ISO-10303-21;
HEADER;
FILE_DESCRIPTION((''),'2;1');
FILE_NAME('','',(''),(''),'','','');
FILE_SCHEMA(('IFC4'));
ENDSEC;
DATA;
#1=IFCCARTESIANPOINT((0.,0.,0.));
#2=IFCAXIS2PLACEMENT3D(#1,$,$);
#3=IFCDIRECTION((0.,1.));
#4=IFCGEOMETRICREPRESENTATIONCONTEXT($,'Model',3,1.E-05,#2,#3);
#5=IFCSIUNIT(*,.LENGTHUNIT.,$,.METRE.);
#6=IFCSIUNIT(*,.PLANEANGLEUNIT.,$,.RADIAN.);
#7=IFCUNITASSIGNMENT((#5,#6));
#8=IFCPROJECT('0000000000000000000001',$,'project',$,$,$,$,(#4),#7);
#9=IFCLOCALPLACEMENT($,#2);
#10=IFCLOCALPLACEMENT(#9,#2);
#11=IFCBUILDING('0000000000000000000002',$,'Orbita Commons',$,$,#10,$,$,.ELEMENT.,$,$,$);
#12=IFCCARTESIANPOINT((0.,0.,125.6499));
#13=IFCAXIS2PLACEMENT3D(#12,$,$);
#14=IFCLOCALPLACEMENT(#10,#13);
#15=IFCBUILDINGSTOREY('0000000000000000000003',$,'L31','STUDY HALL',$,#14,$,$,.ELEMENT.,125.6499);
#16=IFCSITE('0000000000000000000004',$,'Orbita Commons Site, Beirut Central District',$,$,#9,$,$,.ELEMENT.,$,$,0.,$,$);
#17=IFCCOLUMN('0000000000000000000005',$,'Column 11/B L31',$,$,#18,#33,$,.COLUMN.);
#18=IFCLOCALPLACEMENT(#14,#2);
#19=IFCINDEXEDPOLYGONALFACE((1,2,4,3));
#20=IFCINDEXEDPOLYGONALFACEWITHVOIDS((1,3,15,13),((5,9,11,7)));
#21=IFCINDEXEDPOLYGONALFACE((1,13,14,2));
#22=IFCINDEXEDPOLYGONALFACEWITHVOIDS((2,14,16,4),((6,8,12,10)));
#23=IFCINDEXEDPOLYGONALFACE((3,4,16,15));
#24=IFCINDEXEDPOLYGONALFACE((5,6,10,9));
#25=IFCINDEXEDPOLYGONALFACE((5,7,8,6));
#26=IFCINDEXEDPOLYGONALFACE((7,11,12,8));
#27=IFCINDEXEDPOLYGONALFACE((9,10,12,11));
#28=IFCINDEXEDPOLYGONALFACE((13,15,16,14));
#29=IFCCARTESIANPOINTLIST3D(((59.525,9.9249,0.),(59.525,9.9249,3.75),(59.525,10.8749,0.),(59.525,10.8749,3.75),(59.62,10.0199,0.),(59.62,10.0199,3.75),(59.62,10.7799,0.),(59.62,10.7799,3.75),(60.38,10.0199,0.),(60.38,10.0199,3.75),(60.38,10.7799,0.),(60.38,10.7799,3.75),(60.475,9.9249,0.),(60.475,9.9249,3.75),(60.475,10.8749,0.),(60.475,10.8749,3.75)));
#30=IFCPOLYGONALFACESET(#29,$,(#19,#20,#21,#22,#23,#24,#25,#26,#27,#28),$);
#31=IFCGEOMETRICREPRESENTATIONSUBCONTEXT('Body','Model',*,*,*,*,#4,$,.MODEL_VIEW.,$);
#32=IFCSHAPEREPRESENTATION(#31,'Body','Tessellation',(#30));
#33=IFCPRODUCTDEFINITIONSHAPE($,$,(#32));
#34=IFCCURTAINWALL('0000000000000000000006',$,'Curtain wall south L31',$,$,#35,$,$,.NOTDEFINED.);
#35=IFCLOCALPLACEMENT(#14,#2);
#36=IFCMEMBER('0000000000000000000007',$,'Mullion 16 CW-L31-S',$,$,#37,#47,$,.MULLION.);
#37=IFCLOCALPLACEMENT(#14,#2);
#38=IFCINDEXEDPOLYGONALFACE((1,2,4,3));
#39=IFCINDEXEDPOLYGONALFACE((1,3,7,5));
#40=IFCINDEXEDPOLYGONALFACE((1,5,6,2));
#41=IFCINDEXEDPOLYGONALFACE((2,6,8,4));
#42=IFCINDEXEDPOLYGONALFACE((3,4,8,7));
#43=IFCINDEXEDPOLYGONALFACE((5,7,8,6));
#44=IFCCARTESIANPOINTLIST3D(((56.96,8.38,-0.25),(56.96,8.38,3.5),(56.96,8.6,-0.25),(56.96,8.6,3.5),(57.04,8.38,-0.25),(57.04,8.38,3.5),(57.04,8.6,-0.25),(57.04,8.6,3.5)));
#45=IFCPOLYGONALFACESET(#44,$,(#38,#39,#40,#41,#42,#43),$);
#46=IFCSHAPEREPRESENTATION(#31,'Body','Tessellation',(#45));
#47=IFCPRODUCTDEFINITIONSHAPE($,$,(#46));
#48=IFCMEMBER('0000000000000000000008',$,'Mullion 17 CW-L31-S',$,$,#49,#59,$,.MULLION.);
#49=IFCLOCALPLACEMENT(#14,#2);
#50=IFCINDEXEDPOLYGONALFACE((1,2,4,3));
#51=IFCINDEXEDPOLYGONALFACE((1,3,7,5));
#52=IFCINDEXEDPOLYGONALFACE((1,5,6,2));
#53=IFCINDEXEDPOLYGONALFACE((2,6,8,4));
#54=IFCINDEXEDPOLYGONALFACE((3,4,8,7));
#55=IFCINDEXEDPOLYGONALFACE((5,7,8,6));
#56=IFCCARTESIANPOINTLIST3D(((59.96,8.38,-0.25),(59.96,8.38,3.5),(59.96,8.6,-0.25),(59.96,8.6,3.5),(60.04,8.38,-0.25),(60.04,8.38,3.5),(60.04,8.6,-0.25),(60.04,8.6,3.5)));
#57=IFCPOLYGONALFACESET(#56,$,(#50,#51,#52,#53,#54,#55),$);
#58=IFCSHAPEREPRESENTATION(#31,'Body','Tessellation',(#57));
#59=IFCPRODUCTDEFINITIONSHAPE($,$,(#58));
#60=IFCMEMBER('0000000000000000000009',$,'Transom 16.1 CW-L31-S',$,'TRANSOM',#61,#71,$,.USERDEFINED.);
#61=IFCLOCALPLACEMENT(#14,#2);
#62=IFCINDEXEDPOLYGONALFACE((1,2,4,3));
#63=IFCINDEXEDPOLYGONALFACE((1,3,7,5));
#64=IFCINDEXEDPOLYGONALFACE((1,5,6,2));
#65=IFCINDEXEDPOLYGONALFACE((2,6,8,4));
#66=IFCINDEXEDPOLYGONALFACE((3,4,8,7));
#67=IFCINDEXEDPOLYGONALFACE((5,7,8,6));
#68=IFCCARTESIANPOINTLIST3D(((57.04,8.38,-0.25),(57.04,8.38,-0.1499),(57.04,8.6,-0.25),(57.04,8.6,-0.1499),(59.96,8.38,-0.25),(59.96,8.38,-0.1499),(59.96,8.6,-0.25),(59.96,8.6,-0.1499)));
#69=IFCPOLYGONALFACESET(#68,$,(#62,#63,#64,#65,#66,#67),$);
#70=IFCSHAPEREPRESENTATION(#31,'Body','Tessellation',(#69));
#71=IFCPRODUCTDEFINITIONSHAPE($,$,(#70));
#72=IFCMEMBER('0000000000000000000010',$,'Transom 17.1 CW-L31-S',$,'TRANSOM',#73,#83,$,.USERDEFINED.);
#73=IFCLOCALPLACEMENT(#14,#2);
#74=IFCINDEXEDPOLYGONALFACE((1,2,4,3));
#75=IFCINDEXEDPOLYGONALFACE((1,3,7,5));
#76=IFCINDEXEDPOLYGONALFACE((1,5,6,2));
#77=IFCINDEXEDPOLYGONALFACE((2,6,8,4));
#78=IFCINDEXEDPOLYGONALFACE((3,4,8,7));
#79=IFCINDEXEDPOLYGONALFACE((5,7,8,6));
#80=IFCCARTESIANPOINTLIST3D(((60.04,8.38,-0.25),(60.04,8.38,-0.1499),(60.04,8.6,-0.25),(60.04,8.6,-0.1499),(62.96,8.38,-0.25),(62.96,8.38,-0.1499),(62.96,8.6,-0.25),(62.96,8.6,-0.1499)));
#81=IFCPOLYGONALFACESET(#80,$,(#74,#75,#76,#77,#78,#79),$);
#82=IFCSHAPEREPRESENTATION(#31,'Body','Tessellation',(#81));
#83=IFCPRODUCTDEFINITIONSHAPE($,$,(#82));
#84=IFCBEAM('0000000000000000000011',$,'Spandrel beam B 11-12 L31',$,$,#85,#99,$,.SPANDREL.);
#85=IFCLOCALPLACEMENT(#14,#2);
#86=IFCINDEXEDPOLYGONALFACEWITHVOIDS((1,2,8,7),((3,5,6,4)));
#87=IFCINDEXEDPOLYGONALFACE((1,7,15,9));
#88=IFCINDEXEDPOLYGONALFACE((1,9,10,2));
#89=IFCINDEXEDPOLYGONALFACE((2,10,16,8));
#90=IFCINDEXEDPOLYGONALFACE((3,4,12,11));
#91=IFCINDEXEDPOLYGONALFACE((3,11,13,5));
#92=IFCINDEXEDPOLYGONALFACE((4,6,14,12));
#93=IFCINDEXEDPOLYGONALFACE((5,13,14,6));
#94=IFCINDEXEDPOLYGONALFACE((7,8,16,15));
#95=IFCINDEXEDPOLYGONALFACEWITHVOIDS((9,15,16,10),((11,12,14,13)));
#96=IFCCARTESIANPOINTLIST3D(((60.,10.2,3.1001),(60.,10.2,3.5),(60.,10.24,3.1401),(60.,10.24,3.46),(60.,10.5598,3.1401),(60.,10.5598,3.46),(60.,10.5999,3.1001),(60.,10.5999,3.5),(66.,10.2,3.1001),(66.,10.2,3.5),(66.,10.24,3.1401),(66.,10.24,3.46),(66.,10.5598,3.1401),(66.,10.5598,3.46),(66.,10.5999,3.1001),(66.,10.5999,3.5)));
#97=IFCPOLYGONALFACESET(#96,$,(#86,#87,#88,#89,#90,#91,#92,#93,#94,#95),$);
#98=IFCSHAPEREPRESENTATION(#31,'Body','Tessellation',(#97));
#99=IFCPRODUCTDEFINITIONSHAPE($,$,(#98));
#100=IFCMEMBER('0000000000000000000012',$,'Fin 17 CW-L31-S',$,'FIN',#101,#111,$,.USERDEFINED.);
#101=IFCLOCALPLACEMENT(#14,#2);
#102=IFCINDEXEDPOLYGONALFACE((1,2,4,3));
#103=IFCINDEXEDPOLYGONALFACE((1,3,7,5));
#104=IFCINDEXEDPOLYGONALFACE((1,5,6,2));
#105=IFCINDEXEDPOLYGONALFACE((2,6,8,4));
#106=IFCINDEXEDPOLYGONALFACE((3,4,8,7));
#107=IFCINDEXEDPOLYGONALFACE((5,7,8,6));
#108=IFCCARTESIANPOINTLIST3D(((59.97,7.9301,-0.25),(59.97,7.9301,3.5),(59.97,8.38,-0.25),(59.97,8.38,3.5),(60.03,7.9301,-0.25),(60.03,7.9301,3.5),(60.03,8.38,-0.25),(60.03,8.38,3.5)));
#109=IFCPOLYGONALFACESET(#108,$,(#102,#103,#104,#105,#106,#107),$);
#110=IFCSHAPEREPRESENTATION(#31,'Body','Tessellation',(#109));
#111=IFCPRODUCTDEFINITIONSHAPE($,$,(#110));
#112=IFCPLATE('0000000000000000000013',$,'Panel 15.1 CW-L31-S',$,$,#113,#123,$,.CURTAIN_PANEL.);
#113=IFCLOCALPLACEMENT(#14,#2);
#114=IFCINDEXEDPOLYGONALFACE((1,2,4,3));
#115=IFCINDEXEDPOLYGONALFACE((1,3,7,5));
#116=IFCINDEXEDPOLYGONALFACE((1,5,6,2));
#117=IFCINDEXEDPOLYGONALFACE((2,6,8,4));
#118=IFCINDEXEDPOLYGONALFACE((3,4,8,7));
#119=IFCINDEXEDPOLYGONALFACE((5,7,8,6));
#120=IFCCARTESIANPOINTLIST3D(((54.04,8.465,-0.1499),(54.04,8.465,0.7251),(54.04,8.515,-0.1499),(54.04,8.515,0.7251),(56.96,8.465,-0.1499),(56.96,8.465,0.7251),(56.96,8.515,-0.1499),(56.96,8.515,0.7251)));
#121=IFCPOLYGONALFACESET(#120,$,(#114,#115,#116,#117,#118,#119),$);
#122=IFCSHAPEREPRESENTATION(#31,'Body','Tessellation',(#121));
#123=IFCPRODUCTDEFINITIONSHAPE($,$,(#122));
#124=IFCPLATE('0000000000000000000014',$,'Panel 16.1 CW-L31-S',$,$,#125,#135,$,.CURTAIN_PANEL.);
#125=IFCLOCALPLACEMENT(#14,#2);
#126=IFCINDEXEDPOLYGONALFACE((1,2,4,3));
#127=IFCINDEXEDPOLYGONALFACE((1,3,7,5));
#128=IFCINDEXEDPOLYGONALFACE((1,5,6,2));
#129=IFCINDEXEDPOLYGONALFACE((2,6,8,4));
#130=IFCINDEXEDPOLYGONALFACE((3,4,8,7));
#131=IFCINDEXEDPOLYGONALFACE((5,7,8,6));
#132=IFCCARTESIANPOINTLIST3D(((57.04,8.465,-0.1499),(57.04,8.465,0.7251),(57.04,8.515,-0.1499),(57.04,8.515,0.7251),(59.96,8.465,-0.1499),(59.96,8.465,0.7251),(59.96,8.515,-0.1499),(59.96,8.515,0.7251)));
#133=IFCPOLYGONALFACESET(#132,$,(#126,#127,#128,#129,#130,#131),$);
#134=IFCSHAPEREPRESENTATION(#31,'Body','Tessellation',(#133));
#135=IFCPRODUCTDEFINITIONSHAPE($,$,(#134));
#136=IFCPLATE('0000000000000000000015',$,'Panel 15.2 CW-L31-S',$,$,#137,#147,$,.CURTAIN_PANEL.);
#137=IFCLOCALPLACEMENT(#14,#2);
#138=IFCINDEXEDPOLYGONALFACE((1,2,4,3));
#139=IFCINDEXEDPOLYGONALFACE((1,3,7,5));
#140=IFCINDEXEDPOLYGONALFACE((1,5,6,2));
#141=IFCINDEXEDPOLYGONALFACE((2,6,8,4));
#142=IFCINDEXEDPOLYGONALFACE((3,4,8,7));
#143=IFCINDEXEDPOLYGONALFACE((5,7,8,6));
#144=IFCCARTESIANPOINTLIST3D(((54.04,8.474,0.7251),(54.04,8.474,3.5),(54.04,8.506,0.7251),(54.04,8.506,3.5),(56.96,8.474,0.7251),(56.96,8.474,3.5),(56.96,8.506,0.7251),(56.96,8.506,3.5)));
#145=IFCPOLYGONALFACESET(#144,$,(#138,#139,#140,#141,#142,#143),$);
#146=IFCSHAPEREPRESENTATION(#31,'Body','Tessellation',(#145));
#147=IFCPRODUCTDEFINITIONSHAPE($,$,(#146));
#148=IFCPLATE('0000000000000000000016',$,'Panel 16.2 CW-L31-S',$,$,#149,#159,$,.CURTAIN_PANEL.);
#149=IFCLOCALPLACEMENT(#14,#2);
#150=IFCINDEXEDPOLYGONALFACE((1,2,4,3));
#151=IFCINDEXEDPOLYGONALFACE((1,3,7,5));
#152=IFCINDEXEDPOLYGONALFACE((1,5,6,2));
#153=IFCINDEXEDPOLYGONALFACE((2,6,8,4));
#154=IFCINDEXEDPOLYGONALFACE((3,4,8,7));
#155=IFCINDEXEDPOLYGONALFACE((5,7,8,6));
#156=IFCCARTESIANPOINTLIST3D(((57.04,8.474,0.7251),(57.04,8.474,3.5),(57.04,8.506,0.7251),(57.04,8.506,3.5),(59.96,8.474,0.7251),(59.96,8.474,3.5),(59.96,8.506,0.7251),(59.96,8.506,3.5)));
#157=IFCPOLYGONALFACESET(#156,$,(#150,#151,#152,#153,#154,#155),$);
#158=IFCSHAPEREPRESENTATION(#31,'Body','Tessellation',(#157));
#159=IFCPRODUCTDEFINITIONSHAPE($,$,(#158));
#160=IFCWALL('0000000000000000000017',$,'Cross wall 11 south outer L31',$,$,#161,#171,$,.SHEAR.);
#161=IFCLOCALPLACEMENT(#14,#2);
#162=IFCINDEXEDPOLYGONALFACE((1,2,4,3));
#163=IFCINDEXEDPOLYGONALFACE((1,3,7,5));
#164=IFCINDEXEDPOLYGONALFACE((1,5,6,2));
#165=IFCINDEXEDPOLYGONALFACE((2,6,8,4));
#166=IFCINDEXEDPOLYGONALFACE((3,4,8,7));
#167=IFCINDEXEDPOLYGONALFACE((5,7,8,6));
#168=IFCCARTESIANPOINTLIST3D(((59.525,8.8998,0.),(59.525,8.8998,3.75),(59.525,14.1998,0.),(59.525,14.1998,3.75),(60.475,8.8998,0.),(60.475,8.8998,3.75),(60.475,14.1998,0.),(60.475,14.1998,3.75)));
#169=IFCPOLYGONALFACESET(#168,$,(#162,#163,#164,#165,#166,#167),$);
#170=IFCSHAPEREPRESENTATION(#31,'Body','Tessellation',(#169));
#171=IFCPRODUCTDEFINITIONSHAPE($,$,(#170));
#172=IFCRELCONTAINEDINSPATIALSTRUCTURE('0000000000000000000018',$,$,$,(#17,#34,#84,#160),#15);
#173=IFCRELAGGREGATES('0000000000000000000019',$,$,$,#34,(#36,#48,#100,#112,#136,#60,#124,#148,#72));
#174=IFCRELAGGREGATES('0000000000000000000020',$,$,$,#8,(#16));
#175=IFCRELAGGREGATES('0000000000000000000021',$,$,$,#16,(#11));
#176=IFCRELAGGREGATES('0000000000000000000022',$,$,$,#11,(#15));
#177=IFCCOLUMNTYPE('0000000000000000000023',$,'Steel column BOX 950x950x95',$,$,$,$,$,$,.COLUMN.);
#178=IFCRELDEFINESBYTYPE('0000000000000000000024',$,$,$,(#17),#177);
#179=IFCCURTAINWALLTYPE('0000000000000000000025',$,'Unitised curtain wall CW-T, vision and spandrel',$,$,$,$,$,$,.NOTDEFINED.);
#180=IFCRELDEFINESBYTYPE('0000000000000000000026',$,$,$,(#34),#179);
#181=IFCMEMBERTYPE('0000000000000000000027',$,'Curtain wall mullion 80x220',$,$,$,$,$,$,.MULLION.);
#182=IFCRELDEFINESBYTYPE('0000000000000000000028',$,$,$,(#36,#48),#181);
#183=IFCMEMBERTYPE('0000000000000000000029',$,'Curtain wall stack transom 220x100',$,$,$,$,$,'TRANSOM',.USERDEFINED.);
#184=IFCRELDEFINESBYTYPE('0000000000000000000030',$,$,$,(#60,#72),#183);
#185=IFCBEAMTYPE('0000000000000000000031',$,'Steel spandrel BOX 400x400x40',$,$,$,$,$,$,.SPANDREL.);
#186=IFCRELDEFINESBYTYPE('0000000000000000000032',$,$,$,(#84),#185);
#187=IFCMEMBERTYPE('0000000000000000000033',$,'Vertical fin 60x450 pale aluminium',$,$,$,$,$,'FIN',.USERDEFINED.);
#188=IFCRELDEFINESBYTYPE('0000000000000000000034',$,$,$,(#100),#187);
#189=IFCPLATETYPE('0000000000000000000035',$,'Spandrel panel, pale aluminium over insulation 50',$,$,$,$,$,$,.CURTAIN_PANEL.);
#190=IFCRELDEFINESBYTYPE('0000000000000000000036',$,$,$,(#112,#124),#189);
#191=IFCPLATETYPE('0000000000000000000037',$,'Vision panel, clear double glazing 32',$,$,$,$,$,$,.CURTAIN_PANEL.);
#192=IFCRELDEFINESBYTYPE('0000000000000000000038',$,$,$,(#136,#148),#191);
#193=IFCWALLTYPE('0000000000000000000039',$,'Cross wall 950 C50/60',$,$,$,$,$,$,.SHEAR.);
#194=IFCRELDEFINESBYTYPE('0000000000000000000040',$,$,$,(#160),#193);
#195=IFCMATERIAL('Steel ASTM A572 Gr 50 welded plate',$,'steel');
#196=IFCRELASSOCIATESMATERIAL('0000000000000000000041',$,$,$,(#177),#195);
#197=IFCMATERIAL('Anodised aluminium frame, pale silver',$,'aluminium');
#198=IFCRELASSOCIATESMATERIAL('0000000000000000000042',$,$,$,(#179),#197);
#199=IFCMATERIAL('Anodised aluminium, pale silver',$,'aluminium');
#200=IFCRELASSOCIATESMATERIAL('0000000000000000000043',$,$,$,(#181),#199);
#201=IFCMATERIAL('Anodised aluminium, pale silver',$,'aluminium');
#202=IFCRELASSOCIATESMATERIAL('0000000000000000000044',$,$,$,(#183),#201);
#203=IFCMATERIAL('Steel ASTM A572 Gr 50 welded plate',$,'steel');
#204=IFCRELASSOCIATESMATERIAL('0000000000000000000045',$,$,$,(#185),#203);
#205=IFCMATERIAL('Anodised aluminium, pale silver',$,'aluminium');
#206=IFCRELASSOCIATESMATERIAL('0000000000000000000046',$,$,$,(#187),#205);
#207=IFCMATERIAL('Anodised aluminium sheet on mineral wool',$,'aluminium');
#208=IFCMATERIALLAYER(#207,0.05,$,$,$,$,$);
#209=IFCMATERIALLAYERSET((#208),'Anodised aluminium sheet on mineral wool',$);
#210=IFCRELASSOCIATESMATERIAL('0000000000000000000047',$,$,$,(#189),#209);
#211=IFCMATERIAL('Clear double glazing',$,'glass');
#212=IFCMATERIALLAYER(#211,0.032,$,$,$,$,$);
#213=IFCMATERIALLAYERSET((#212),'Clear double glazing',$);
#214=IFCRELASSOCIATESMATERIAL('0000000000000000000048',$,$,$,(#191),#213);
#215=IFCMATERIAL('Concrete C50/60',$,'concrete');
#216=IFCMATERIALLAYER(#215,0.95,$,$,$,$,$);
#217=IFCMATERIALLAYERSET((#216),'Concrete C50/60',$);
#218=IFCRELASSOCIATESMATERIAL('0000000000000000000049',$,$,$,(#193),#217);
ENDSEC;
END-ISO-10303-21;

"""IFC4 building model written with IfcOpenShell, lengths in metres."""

from ifc_helpers import new_model, si_unit, direction, frame, frame_2d, origin, origin_2d, place, context, subcontext, project, spatial, rectangle, hollow_rectangle, extrude, material, layer, layer_set, material_profile, profile_set, type_object, element, aggregate, save


model = new_model("IFC4")

# Units and contexts
model_context = context("Model", 3, precision=1e-05, world=origin(), true_north=direction((0.0, 1.0)))
body_context = subcontext(model_context, "Body", "Model", "MODEL_VIEW")
ifc_project = project(units=[si_unit("LENGTHUNIT", "METRE"), si_unit("PLANEANGLEUNIT", "RADIAN")], contexts=[model_context])

# Site, building, storey
site_placement = place(None, origin())
site = spatial("IfcSite", under=ifc_project, at=site_placement, Name="Orbita Commons Site, Beirut Central District", CompositionType="ELEMENT", RefElevation=0.0)
building_placement = place(site_placement, origin())
building = spatial("IfcBuilding", under=site, at=building_placement, Name="Orbita Commons", CompositionType="ELEMENT")
storey_placement = place(building_placement, frame((0.0, 0.0, 125.6499)))
storey = spatial("IfcBuildingStorey", under=building, at=storey_placement, Name="L31", Description="STUDY HALL", CompositionType="ELEMENT", Elevation=125.6499)

# Column
ifc_material_1 = material(Name="Steel ASTM A572 Gr 50 welded plate", Category="steel")
ifc_material_profile_1 = material_profile(ifc_material_1, hollow_rectangle(XDim=0.95, YDim=0.95, WallThickness=0.095, at=origin_2d()), Name="BOX 950x950x95")
ifc_profile_set_1 = profile_set([ifc_material_profile_1], Name="Steel ASTM A572 Gr 50 welded plate")
column_type = type_object("IfcColumnType", Name="Steel column BOX 950x950x95", PredefinedType="COLUMN", material=ifc_profile_set_1)
column_placement = place(storey_placement, frame((60.0, 10.3999, 0.0), z_axis=(0.0, 0.0, 1.0), x_axis=(1.0, 0.0, 0.0)))
element("IfcColumn", 1, at=column_placement, inside=storey, type_object=column_type, Name="Column 11/B L31", PredefinedType="COLUMN", context=body_context, shape_type="SweptSolid", body=[
    extrude(hollow_rectangle(XDim=0.95, YDim=0.95, WallThickness=0.095, at=origin_2d()), origin(), (0.0, 0.0, 1.0), 3.75),
])

# Curtain wall, members
ifc_material_2 = material(Name="Anodised aluminium frame, pale silver", Category="aluminium")
curtain_wall_type = type_object("IfcCurtainWallType", Name="Unitised curtain wall CW-T, vision and spandrel", PredefinedType="NOTDEFINED", material=ifc_material_2)
curtain_wall_placement = place(storey_placement, origin())
curtain_wall = element("IfcCurtainWall", 2, at=curtain_wall_placement, inside=storey, type_object=curtain_wall_type, Name="Curtain wall south L31", PredefinedType="NOTDEFINED")
ifc_material_3 = material(Name="Anodised aluminium, pale silver", Category="aluminium")
ifc_material_profile_2 = material_profile(ifc_material_3, rectangle(XDim=0.0801, YDim=0.22, at=origin_2d()), Name="AL 80x220")
ifc_profile_set_2 = profile_set([ifc_material_profile_2], Name="Anodised aluminium, pale silver")
member_type_1 = type_object("IfcMemberType", Name="Curtain wall mullion 80x220", PredefinedType="MULLION", material=ifc_profile_set_2)
member_1_placement = place(storey_placement, frame((57.0, 8.49, -0.25), z_axis=(0.0, 0.0, 1.0), x_axis=(1.0, 0.0, 0.0)))
member_1 = element("IfcMember", 3, at=member_1_placement, type_object=member_type_1, Name="Mullion 16 CW-L31-S", PredefinedType="MULLION", context=body_context, shape_type="SweptSolid", body=[
    extrude(rectangle(XDim=0.0801, YDim=0.22, at=origin_2d()), origin(), (0.0, 0.0, 1.0), 3.75),
])
member_2_placement = place(storey_placement, frame((60.0, 8.49, -0.25), z_axis=(0.0, 0.0, 1.0), x_axis=(1.0, 0.0, 0.0)))
member_2 = element("IfcMember", 4, at=member_2_placement, type_object=member_type_1, Name="Mullion 17 CW-L31-S", PredefinedType="MULLION", context=body_context, shape_type="SweptSolid", body=[
    extrude(rectangle(XDim=0.0801, YDim=0.22, at=origin_2d()), origin(), (0.0, 0.0, 1.0), 3.75),
])
ifc_material_4 = material(Name="Anodised aluminium, pale silver", Category="aluminium")
ifc_material_profile_3 = material_profile(ifc_material_4, rectangle(XDim=0.22, YDim=0.1001, at=origin_2d()), Name="AL 220x100")
ifc_profile_set_3 = profile_set([ifc_material_profile_3], Name="Anodised aluminium, pale silver")
member_type_2 = type_object("IfcMemberType", Name="Curtain wall stack transom 220x100", ElementType="TRANSOM", PredefinedType="USERDEFINED", material=ifc_profile_set_3)
member_3_placement = place(storey_placement, frame((57.04, 8.49, -0.2), z_axis=(1.0, 0.0, 0.0), x_axis=(0.0, 1.0, 0.0)))
member_3 = element("IfcMember", 5, at=member_3_placement, type_object=member_type_2, Name="Transom 16.1 CW-L31-S", ObjectType="TRANSOM", PredefinedType="USERDEFINED", context=body_context, shape_type="SweptSolid", body=[
    extrude(rectangle(XDim=0.22, YDim=0.1001, at=origin_2d()), origin(), (0.0, 0.0, 1.0), 2.9199),
])
member_4_placement = place(storey_placement, frame((60.04, 8.49, -0.2), z_axis=(1.0, 0.0, 0.0), x_axis=(0.0, 1.0, 0.0)))
member_4 = element("IfcMember", 6, at=member_4_placement, type_object=member_type_2, Name="Transom 17.1 CW-L31-S", ObjectType="TRANSOM", PredefinedType="USERDEFINED", context=body_context, shape_type="SweptSolid", body=[
    extrude(rectangle(XDim=0.22, YDim=0.1001, at=origin_2d()), origin(), (0.0, 0.0, 1.0), 2.9199),
])

# Beam
ifc_material_5 = material(Name="Steel ASTM A572 Gr 50 welded plate", Category="steel")
ifc_material_profile_4 = material_profile(ifc_material_5, hollow_rectangle(XDim=0.3999, YDim=0.3999, WallThickness=0.04, at=origin_2d()), Name="BOX 400x400x40")
ifc_profile_set_4 = profile_set([ifc_material_profile_4], Name="Steel ASTM A572 Gr 50 welded plate")
beam_type = type_object("IfcBeamType", Name="Steel spandrel BOX 400x400x40", PredefinedType="SPANDREL", material=ifc_profile_set_4)
beam_placement = place(storey_placement, frame((60.0, 10.3999, 3.3), z_axis=(1.0, 0.0, 0.0), x_axis=(0.0, 1.0, 0.0)))
element("IfcBeam", 7, at=beam_placement, inside=storey, type_object=beam_type, Name="Spandrel beam B 11-12 L31", PredefinedType="SPANDREL", context=body_context, shape_type="SweptSolid", body=[
    extrude(hollow_rectangle(XDim=0.3999, YDim=0.3999, WallThickness=0.04, at=origin_2d()), origin(), (0.0, 0.0, 1.0), 6.0),
])

# Member
ifc_material_6 = material(Name="Anodised aluminium, pale silver", Category="aluminium")
ifc_material_profile_5 = material_profile(ifc_material_6, rectangle(XDim=0.0601, YDim=0.45, at=origin_2d()), Name="FIN 60x450")
ifc_profile_set_5 = profile_set([ifc_material_profile_5], Name="Anodised aluminium, pale silver")
member_type_3 = type_object("IfcMemberType", Name="Vertical fin 60x450 pale aluminium", ElementType="FIN", PredefinedType="USERDEFINED", material=ifc_profile_set_5)
member_5_placement = place(storey_placement, frame((60.0, 8.155, -0.25), z_axis=(0.0, 0.0, 1.0), x_axis=(1.0, 0.0, 0.0)))
member_5 = element("IfcMember", 8, at=member_5_placement, type_object=member_type_3, Name="Fin 17 CW-L31-S", ObjectType="FIN", PredefinedType="USERDEFINED", context=body_context, shape_type="SweptSolid", body=[
    extrude(rectangle(XDim=0.0601, YDim=0.45, at=origin_2d()), origin(), (0.0, 0.0, 1.0), 3.75),
])

# Plates
ifc_material_7 = material(Name="Anodised aluminium sheet on mineral wool", Category="aluminium")
ifc_layer_1 = layer(ifc_material_7, 0.05)
ifc_layer_set_1 = layer_set([ifc_layer_1], Name="Anodised aluminium sheet on mineral wool")
plate_type_1 = type_object("IfcPlateType", Name="Spandrel panel, pale aluminium over insulation 50", PredefinedType="CURTAIN_PANEL", material=ifc_layer_set_1)
plate_1_placement = place(storey_placement, frame((55.5, 8.49, -0.1499), z_axis=(0.0, 0.0, 1.0), x_axis=(1.0, 0.0, 0.0)))
plate_1 = element("IfcPlate", 9, at=plate_1_placement, type_object=plate_type_1, Name="Panel 15.1 CW-L31-S", PredefinedType="CURTAIN_PANEL", context=body_context, shape_type="SweptSolid", body=[
    extrude(rectangle(XDim=2.9199, YDim=0.05, at=origin_2d()), origin(), (0.0, 0.0, 1.0), 0.875),
])
plate_2_placement = place(storey_placement, frame((58.5, 8.49, -0.1499), z_axis=(0.0, 0.0, 1.0), x_axis=(1.0, 0.0, 0.0)))
plate_2 = element("IfcPlate", 10, at=plate_2_placement, type_object=plate_type_1, Name="Panel 16.1 CW-L31-S", PredefinedType="CURTAIN_PANEL", context=body_context, shape_type="SweptSolid", body=[
    extrude(rectangle(XDim=2.9199, YDim=0.05, at=origin_2d()), origin(), (0.0, 0.0, 1.0), 0.875),
])
ifc_material_8 = material(Name="Clear double glazing", Category="glass")
ifc_layer_2 = layer(ifc_material_8, 0.032)
ifc_layer_set_2 = layer_set([ifc_layer_2], Name="Clear double glazing")
plate_type_2 = type_object("IfcPlateType", Name="Vision panel, clear double glazing 32", PredefinedType="CURTAIN_PANEL", material=ifc_layer_set_2)
plate_3_placement = place(storey_placement, frame((55.5, 8.49, 0.7251), z_axis=(0.0, 0.0, 1.0), x_axis=(1.0, 0.0, 0.0)))
plate_3 = element("IfcPlate", 11, at=plate_3_placement, type_object=plate_type_2, Name="Panel 15.2 CW-L31-S", PredefinedType="CURTAIN_PANEL", context=body_context, shape_type="SweptSolid", body=[
    extrude(rectangle(XDim=2.9199, YDim=0.032, at=origin_2d()), origin(), (0.0, 0.0, 1.0), 2.7749),
])
plate_4_placement = place(storey_placement, frame((58.5, 8.49, 0.7251), z_axis=(0.0, 0.0, 1.0), x_axis=(1.0, 0.0, 0.0)))
plate_4 = element("IfcPlate", 12, at=plate_4_placement, type_object=plate_type_2, Name="Panel 16.2 CW-L31-S", PredefinedType="CURTAIN_PANEL", context=body_context, shape_type="SweptSolid", body=[
    extrude(rectangle(XDim=2.9199, YDim=0.032, at=origin_2d()), origin(), (0.0, 0.0, 1.0), 2.7749),
])
aggregate(curtain_wall, [member_1, member_2, member_5, plate_1, plate_3, member_3, plate_2, plate_4, member_4])

# Wall
ifc_material_9 = material(Name="Concrete C50/60", Category="concrete")
ifc_layer_3 = layer(ifc_material_9, 0.95)
ifc_layer_set_3 = layer_set([ifc_layer_3], Name="Concrete C50/60")
wall_type_1 = type_object("IfcWallType", Name="Cross wall 950 C50/60", PredefinedType="SHEAR", material=ifc_layer_set_3)
wall_1_placement = place(storey_placement, frame((60.0, 8.8999, 0.0), z_axis=(0.0, 0.0, 1.0), x_axis=(0.0, 1.0, 0.0)))
element("IfcWall", 13, at=wall_1_placement, inside=storey, type_object=wall_type_1, Name="Cross wall 11 south outer L31", PredefinedType="SHEAR", context=body_context, shape_type="SweptSolid", body=[
    extrude(rectangle(XDim=5.3, YDim=0.95, at=frame_2d((2.6499, 0.0))), origin(), (0.0, 0.0, 1.0), 3.75),
])

save(model, "model.ifc")
